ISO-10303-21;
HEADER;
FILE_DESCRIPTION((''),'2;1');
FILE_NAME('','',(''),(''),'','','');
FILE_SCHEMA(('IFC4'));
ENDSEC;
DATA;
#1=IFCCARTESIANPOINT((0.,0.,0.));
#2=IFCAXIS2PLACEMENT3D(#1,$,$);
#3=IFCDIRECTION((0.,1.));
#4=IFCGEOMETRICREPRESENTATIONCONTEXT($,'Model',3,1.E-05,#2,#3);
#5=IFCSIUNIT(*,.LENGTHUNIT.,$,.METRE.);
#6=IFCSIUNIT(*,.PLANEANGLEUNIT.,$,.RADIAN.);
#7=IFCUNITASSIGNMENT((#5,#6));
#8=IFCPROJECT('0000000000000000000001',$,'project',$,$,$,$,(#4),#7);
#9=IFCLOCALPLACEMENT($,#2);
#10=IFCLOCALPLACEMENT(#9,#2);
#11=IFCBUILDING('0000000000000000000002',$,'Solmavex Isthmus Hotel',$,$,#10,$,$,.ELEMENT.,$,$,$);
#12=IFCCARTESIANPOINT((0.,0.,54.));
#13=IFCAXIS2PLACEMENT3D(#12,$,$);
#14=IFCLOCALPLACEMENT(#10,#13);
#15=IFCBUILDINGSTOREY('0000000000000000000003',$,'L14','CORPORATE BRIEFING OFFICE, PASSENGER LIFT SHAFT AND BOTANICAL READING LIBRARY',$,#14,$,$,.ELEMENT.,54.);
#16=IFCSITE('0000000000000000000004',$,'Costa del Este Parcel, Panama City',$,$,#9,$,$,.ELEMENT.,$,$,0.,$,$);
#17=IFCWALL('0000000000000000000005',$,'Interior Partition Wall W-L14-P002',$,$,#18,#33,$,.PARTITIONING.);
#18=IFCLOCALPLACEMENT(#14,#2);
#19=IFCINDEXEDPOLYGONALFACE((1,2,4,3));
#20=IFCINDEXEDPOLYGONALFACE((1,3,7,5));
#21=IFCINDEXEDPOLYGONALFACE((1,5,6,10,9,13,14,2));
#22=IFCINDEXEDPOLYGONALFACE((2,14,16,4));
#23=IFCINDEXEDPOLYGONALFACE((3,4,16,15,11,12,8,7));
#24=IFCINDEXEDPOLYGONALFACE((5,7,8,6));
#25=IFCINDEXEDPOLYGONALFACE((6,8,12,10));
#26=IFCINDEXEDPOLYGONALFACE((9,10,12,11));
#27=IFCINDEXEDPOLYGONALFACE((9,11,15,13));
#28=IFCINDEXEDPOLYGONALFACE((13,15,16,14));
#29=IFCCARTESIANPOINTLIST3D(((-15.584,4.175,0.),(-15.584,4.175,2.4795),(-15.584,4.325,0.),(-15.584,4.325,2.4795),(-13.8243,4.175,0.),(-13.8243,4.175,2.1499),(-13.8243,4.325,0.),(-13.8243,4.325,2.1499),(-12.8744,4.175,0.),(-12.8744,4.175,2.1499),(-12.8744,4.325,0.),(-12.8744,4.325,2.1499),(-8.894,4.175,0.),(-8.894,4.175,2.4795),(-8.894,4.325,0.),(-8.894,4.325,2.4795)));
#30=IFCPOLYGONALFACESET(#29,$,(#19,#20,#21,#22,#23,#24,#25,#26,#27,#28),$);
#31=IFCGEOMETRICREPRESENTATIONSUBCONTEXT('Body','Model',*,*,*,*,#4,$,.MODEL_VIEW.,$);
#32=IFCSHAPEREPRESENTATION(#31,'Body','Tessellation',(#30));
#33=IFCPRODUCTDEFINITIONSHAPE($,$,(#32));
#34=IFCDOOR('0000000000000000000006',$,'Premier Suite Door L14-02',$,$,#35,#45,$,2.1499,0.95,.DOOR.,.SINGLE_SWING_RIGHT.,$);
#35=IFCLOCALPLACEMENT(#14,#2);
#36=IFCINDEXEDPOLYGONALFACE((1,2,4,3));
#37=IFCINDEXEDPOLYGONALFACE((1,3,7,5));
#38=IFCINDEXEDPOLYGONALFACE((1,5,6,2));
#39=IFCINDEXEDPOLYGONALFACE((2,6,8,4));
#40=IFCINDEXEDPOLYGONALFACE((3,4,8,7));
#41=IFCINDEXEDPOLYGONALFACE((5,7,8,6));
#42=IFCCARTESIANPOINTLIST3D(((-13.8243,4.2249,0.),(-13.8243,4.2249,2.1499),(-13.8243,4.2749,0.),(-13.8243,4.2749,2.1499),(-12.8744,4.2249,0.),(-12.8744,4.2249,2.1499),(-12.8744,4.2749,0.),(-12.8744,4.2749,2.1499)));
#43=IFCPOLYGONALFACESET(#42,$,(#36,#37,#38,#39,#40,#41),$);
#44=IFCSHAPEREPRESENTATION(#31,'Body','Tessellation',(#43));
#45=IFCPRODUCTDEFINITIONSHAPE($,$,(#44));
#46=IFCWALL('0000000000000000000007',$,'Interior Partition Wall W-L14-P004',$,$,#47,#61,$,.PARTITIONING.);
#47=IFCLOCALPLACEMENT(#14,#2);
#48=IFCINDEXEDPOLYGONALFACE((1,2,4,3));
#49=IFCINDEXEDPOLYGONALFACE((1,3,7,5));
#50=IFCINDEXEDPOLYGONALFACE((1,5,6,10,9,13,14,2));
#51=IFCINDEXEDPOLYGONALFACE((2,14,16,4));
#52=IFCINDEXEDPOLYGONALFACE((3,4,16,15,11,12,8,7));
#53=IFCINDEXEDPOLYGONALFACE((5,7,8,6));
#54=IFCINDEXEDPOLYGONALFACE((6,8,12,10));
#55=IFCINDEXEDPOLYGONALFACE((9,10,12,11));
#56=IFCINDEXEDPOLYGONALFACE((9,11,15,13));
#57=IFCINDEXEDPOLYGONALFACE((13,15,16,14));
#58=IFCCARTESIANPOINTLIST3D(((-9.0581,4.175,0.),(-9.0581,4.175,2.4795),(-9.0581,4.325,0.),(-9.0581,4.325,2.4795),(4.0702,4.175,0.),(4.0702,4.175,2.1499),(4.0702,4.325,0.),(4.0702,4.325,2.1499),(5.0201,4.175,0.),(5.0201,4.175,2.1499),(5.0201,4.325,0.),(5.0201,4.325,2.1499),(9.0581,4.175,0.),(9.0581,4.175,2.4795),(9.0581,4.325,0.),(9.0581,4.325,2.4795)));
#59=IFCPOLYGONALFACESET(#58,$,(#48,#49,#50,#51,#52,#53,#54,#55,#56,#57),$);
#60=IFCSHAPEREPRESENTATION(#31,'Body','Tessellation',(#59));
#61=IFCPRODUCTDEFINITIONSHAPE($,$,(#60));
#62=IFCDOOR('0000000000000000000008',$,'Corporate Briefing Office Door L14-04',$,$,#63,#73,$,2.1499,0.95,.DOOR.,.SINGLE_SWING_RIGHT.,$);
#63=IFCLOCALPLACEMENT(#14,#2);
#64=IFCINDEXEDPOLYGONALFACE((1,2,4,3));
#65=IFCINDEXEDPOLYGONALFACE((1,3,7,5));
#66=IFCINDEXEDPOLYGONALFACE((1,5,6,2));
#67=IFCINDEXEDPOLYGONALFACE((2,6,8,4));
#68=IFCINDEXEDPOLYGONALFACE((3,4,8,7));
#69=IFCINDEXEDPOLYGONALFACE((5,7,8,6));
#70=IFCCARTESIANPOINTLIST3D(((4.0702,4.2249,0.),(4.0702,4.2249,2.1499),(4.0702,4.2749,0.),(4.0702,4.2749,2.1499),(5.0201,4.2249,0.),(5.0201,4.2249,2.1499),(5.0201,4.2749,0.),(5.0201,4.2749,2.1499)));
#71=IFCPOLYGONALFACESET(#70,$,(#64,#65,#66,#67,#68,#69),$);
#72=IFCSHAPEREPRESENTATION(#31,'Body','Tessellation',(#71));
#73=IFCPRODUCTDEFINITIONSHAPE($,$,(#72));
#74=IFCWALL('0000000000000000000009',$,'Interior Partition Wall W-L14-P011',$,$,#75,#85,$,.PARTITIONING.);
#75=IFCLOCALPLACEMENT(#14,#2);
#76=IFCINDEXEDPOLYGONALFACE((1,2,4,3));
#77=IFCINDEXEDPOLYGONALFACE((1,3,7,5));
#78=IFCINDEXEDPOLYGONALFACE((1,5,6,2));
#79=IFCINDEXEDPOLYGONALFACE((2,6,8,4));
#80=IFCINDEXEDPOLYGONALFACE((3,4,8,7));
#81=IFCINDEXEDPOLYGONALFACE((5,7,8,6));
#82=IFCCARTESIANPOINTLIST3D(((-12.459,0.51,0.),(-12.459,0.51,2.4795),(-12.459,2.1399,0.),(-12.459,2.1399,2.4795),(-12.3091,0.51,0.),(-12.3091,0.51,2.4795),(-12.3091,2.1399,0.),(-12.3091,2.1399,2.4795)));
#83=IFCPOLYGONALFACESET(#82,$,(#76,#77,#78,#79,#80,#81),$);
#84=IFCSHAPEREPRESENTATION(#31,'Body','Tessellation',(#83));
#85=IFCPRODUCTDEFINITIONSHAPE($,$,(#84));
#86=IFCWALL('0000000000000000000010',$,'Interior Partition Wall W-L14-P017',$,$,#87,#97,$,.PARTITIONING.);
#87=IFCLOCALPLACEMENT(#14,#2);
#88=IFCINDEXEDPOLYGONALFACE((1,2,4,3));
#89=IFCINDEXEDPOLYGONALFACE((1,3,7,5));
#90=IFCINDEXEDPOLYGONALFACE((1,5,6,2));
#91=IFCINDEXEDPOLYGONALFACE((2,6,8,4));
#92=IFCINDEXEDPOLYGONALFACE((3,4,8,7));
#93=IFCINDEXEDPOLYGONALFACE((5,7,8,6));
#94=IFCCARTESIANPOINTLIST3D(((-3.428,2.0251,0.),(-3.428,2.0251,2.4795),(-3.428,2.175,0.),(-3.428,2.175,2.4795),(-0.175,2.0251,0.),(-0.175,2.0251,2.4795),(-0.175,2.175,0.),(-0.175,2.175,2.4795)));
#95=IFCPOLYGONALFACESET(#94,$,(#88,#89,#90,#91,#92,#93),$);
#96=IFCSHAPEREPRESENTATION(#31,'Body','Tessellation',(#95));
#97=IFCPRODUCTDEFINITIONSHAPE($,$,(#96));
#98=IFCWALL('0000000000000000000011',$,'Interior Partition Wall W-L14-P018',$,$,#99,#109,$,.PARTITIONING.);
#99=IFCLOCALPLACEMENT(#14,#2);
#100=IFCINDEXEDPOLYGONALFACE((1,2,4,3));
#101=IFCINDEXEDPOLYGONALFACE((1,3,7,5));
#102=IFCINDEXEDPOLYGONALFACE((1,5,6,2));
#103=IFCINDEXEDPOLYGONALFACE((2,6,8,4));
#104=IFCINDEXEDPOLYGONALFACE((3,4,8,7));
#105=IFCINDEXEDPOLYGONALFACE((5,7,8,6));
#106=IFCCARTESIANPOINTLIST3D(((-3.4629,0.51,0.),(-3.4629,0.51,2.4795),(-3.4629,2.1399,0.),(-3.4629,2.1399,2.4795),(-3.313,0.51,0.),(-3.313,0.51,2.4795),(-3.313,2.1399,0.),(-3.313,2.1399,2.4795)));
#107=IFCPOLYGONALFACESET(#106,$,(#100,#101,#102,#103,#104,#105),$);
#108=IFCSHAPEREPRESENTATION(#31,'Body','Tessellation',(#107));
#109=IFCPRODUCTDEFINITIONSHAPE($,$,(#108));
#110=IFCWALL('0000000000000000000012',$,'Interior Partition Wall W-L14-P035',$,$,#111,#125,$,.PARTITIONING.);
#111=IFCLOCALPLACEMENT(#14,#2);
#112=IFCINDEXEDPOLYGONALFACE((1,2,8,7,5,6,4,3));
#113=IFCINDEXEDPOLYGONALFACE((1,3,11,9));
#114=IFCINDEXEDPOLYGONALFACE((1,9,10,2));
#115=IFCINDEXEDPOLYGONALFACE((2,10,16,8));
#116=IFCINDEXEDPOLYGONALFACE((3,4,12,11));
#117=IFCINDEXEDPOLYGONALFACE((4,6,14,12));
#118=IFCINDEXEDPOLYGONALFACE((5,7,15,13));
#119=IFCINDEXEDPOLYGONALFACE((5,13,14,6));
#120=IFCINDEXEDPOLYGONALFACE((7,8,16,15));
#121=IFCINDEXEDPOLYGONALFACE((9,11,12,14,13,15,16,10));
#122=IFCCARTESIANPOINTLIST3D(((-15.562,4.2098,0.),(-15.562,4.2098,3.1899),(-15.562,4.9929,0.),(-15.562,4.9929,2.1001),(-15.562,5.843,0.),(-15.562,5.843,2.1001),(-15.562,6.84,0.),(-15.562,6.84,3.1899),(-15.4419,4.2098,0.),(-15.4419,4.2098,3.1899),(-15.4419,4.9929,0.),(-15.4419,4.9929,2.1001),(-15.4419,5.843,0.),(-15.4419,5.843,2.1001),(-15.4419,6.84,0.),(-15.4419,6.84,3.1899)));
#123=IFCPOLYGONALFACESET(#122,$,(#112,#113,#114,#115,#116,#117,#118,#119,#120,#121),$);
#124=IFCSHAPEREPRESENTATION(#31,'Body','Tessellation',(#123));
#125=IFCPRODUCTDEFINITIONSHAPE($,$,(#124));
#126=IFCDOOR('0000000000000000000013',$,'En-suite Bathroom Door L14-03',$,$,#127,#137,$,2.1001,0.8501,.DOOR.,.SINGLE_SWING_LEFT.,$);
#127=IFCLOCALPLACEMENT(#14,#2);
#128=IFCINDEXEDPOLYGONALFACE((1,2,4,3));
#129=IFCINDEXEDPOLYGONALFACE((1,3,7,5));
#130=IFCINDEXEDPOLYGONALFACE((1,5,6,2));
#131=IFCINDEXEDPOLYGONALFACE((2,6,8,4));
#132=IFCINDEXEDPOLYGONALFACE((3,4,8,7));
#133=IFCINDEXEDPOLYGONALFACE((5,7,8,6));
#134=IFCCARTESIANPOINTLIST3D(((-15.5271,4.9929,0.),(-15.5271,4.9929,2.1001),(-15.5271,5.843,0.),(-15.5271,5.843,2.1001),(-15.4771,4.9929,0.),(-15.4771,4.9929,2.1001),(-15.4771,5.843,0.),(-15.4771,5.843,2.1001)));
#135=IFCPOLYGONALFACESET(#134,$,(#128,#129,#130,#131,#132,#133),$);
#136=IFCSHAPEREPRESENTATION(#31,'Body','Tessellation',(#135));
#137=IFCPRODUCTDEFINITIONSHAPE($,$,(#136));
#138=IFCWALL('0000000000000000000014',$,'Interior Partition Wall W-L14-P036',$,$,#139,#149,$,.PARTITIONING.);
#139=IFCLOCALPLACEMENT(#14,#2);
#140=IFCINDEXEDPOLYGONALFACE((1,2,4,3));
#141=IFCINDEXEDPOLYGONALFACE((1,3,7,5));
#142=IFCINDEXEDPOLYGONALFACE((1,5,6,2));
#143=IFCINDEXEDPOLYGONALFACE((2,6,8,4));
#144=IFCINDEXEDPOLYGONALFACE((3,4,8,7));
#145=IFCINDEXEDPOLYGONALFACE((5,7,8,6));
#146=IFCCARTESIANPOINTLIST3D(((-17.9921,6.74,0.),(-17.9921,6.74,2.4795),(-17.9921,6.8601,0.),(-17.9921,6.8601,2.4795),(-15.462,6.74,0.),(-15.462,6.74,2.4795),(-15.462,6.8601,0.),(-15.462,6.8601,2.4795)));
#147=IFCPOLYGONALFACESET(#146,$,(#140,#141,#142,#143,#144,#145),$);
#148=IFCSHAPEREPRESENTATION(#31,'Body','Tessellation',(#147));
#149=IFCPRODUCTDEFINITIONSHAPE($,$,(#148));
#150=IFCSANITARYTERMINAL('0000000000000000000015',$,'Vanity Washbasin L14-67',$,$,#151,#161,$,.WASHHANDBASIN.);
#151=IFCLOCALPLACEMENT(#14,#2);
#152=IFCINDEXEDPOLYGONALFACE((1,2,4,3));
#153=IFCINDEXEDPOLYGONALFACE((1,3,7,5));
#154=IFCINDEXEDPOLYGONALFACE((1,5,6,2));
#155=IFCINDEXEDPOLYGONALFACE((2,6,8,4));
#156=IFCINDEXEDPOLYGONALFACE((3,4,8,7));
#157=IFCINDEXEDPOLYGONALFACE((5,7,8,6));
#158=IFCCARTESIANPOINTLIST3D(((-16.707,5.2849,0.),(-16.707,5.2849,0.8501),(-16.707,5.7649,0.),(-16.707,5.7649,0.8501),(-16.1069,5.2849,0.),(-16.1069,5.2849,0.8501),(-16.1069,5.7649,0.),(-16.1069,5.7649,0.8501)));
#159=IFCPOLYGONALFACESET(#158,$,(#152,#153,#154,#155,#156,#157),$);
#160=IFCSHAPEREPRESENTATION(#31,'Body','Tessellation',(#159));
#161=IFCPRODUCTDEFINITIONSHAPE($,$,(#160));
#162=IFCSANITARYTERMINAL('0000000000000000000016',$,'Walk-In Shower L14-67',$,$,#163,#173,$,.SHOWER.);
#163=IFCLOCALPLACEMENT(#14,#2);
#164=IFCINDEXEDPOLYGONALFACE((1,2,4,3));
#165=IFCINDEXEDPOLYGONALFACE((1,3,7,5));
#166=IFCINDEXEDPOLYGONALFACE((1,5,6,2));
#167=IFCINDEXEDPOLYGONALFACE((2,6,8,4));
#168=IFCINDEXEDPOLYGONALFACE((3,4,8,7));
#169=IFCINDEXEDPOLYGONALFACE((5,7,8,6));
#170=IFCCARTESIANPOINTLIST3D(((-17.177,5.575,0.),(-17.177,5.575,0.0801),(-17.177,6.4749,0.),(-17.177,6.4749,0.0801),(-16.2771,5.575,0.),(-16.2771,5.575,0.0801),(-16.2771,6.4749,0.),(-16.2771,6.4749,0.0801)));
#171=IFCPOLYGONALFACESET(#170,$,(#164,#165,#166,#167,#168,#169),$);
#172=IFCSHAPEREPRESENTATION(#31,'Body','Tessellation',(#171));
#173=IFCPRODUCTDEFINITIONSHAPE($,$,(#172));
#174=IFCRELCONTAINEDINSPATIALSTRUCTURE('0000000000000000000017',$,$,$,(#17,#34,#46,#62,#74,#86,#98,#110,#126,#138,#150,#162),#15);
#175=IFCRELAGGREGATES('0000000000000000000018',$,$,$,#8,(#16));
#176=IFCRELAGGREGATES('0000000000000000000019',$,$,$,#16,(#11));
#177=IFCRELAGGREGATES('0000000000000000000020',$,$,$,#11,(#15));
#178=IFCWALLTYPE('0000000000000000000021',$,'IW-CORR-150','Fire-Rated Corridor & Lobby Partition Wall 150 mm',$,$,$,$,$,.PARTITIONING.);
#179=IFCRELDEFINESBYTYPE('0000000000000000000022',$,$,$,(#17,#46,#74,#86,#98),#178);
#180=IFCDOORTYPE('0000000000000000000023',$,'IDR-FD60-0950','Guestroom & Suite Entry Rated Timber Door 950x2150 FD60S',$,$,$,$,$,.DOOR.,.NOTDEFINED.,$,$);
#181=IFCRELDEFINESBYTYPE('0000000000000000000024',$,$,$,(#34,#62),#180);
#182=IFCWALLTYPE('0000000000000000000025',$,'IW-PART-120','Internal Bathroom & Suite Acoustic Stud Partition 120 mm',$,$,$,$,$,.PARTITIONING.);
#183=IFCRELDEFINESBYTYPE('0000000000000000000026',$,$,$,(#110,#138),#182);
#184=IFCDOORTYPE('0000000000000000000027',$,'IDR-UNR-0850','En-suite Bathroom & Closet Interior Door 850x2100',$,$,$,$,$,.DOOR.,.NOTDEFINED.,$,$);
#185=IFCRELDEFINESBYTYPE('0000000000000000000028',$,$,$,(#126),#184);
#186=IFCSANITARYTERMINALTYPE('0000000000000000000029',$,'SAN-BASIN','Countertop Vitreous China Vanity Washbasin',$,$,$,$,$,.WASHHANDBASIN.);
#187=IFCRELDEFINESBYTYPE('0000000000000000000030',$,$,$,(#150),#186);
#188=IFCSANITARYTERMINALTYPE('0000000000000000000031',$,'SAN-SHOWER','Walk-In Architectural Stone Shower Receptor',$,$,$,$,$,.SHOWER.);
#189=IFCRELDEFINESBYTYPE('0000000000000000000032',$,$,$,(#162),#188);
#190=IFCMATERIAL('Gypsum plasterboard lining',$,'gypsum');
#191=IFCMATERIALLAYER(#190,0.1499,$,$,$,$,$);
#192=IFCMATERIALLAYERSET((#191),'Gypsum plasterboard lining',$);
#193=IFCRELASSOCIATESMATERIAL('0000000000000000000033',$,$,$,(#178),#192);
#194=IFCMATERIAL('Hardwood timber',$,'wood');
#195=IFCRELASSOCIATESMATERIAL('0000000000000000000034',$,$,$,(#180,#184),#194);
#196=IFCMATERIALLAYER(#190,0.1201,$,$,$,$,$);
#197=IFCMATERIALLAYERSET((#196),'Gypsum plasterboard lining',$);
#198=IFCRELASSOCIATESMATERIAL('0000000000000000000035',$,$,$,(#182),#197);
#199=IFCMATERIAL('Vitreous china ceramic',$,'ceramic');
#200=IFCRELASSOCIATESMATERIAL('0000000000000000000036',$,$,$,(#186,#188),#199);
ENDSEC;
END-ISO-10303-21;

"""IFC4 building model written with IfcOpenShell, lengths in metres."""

from ifc_helpers import new_model, si_unit, direction, frame, frame_2d, origin, origin_2d, place, context, subcontext, project, spatial, rectangle, extrude, material, layer, layer_set, type_object, element, fill, save


model = new_model("IFC4")

# Units and contexts
model_context = context("Model", 3, precision=1e-05, world=origin(), true_north=direction((0.0, 1.0)))
body_context = subcontext(model_context, "Body", "Model", "MODEL_VIEW")
ifc_project = project(units=[si_unit("LENGTHUNIT", "METRE"), si_unit("PLANEANGLEUNIT", "RADIAN")], contexts=[model_context])

# Site, building, storey
site_placement = place(None, origin())
site = spatial("IfcSite", under=ifc_project, at=site_placement, Name="Costa del Este Parcel, Panama City", CompositionType="ELEMENT", RefElevation=0.0)
building_placement = place(site_placement, origin())
building = spatial("IfcBuilding", under=site, at=building_placement, Name="Solmavex Isthmus Hotel", CompositionType="ELEMENT")
storey_placement = place(building_placement, frame((0.0, 0.0, 54.0)))
storey = spatial("IfcBuildingStorey", under=building, at=storey_placement, Name="L14", Description="CORPORATE BRIEFING OFFICE, PASSENGER LIFT SHAFT AND BOTANICAL READING LIBRARY", CompositionType="ELEMENT", Elevation=54.0)

# Shared definitions
ifc_material_1 = material(Name="Gypsum plasterboard lining", Category="gypsum")

# Walls, openings, doors
ifc_layer_1 = layer(ifc_material_1, 0.1499)
ifc_layer_set_1 = layer_set([ifc_layer_1], Name="Gypsum plasterboard lining")
wall_type_1 = type_object("IfcWallType", Name="IW-CORR-150", Description="Fire-Rated Corridor & Lobby Partition Wall 150 mm", PredefinedType="PARTITIONING", material=ifc_layer_set_1)
wall_1_placement = place(storey_placement, frame((-15.584, 4.25, 0.0), z_axis=(0.0, 0.0, 1.0), x_axis=(1.0, 0.0, 0.0)))
wall_1 = element("IfcWall", 1, at=wall_1_placement, inside=storey, type_object=wall_type_1, Name="Interior Partition Wall W-L14-P002", PredefinedType="PARTITIONING", context=body_context, shape_type="SweptSolid", body=[
    extrude(rectangle(XDim=6.6899, YDim=0.1499, at=frame_2d((3.345, 0.0))), origin(), (0.0, 0.0, 1.0), 2.4795),
])
opening_1_placement = place(wall_1_placement, frame((1.7595, 0.0, 0.0)))
opening_1 = element("IfcOpeningElement", 2, at=opening_1_placement, cuts=wall_1, PredefinedType="OPENING", context=body_context, shape_type="SweptSolid", body=[
    extrude(rectangle(XDim=0.95, YDim=2.1499, at=frame_2d((0.4751, 1.075))), frame((0.0, 0.085, 0.0), z_axis=(0.0, -1.0, 0.0), x_axis=(1.0, 0.0, 0.0)), (0.0, 0.0, 1.0), 0.1699),
])
ifc_material_2 = material(Name="Hardwood timber", Category="wood")
door_type_1 = type_object("IfcDoorType", Name="IDR-FD60-0950", Description="Guestroom & Suite Entry Rated Timber Door 950x2150 FD60S", OperationType="NOTDEFINED", PredefinedType="DOOR", material=ifc_material_2)
door_1_placement = place(opening_1_placement, origin())
door_1 = element("IfcDoor", 3, at=door_1_placement, inside=storey, type_object=door_type_1, Name="Premier Suite Door L14-02", OperationType="SINGLE_SWING_RIGHT", OverallHeight=2.1499, OverallWidth=0.95, PredefinedType="DOOR", context=body_context, shape_type="SweptSolid", body=[
    extrude(rectangle(XDim=0.95, YDim=2.1499, at=frame_2d((0.4751, 1.075))), frame((0.0, 0.0249, 0.0), z_axis=(0.0, -1.0, 0.0), x_axis=(1.0, 0.0, 0.0)), (0.0, 0.0, 1.0), 0.05),
])
fill(opening_1, door_1)
wall_2_placement = place(storey_placement, frame((-9.0581, 4.25, 0.0), z_axis=(0.0, 0.0, 1.0), x_axis=(1.0, 0.0, 0.0)))
wall_2 = element("IfcWall", 4, at=wall_2_placement, inside=storey, type_object=wall_type_1, Name="Interior Partition Wall W-L14-P004", PredefinedType="PARTITIONING", context=body_context, shape_type="SweptSolid", body=[
    extrude(rectangle(XDim=18.1162, YDim=0.1499, at=frame_2d((9.0581, 0.0))), origin(), (0.0, 0.0, 1.0), 2.4795),
])
opening_2_placement = place(wall_2_placement, frame((13.1282, 0.0, 0.0)))
opening_2 = element("IfcOpeningElement", 5, at=opening_2_placement, cuts=wall_2, PredefinedType="OPENING", context=body_context, shape_type="SweptSolid", body=[
    extrude(rectangle(XDim=0.95, YDim=2.1499, at=frame_2d((0.4751, 1.075))), frame((0.0, 0.085, 0.0), z_axis=(0.0, -1.0, 0.0), x_axis=(1.0, 0.0, 0.0)), (0.0, 0.0, 1.0), 0.1699),
])
door_2_placement = place(opening_2_placement, origin())
door_2 = element("IfcDoor", 6, at=door_2_placement, inside=storey, type_object=door_type_1, Name="Corporate Briefing Office Door L14-04", OperationType="SINGLE_SWING_RIGHT", OverallHeight=2.1499, OverallWidth=0.95, PredefinedType="DOOR", context=body_context, shape_type="SweptSolid", body=[
    extrude(rectangle(XDim=0.95, YDim=2.1499, at=frame_2d((0.4751, 1.075))), frame((0.0, 0.0249, 0.0), z_axis=(0.0, -1.0, 0.0), x_axis=(1.0, 0.0, 0.0)), (0.0, 0.0, 1.0), 0.05),
])
fill(opening_2, door_2)

# Walls
wall_3_placement = place(storey_placement, frame((-12.384, 2.1399, 0.0), z_axis=(0.0, 0.0, 1.0), x_axis=(0.0, -1.0, 0.0)))
element("IfcWall", 7, at=wall_3_placement, inside=storey, type_object=wall_type_1, Name="Interior Partition Wall W-L14-P011", PredefinedType="PARTITIONING", context=body_context, shape_type="SweptSolid", body=[
    extrude(rectangle(XDim=1.6299, YDim=0.1499, at=frame_2d((0.8149, 0.0))), origin(), (0.0, 0.0, 1.0), 2.4795),
])
wall_4_placement = place(storey_placement, frame((-0.175, 2.1001, 0.0), z_axis=(0.0, 0.0, 1.0), x_axis=(-1.0, 0.0, 0.0)))
element("IfcWall", 8, at=wall_4_placement, inside=storey, type_object=wall_type_1, Name="Interior Partition Wall W-L14-P017", PredefinedType="PARTITIONING", context=body_context, shape_type="SweptSolid", body=[
    extrude(rectangle(XDim=3.2529, YDim=0.1499, at=frame_2d((1.6265, 0.0))), origin(), (0.0, 0.0, 1.0), 2.4795),
])
wall_5_placement = place(storey_placement, frame((-3.3879, 2.1399, 0.0), z_axis=(0.0, 0.0, 1.0), x_axis=(0.0, -1.0, 0.0)))
element("IfcWall", 9, at=wall_5_placement, inside=storey, type_object=wall_type_1, Name="Interior Partition Wall W-L14-P018", PredefinedType="PARTITIONING", context=body_context, shape_type="SweptSolid", body=[
    extrude(rectangle(XDim=1.6299, YDim=0.1499, at=frame_2d((0.8149, 0.0))), origin(), (0.0, 0.0, 1.0), 2.4795),
])

# Wall, opening, door
ifc_layer_2 = layer(ifc_material_1, 0.1201)
ifc_layer_set_2 = layer_set([ifc_layer_2], Name="Gypsum plasterboard lining")
wall_type_2 = type_object("IfcWallType", Name="IW-PART-120", Description="Internal Bathroom & Suite Acoustic Stud Partition 120 mm", PredefinedType="PARTITIONING", material=ifc_layer_set_2)
wall_6_placement = place(storey_placement, frame((-15.502, 4.21, 0.0), z_axis=(0.0, 0.0, 1.0), x_axis=(0.0, 1.0, 0.0)))
wall_6 = element("IfcWall", 10, at=wall_6_placement, inside=storey, type_object=wall_type_2, Name="Interior Partition Wall W-L14-P035", PredefinedType="PARTITIONING", context=body_context, shape_type="SweptSolid", body=[
    extrude(rectangle(XDim=2.6301, YDim=0.1201, at=frame_2d((1.3149, 0.0))), origin(), (0.0, 0.0, 1.0), 3.1899),
])
opening_3_placement = place(wall_6_placement, frame((0.783, 0.0, 0.0)))
opening_3 = element("IfcOpeningElement", 11, at=opening_3_placement, cuts=wall_6, PredefinedType="OPENING", context=body_context, shape_type="SweptSolid", body=[
    extrude(rectangle(XDim=0.8501, YDim=2.1001, at=frame_2d((0.425, 1.05))), frame((0.0, 0.0701, 0.0), z_axis=(0.0, -1.0, 0.0), x_axis=(1.0, 0.0, 0.0)), (0.0, 0.0, 1.0), 0.1401),
])
door_type_2 = type_object("IfcDoorType", Name="IDR-UNR-0850", Description="En-suite Bathroom & Closet Interior Door 850x2100", OperationType="NOTDEFINED", PredefinedType="DOOR", material=ifc_material_2)
door_3_placement = place(opening_3_placement, frame((0.8501, 0.0, 0.0), z_axis=(0.0, 0.0, 1.0), x_axis=(-1.0, 0.0, 0.0)))
door_3 = element("IfcDoor", 12, at=door_3_placement, inside=storey, type_object=door_type_2, Name="En-suite Bathroom Door L14-03", OperationType="SINGLE_SWING_LEFT", OverallHeight=2.1001, OverallWidth=0.8501, PredefinedType="DOOR", context=body_context, shape_type="SweptSolid", body=[
    extrude(rectangle(XDim=0.8501, YDim=2.1001, at=frame_2d((0.425, 1.05))), frame((0.0, 0.0249, 0.0), z_axis=(0.0, -1.0, 0.0), x_axis=(1.0, 0.0, 0.0)), (0.0, 0.0, 1.0), 0.05),
])
fill(opening_3, door_3)

# Wall
wall_7_placement = place(storey_placement, frame((-15.4619, 6.8, 0.0), z_axis=(0.0, 0.0, 1.0), x_axis=(-1.0, 0.0, 0.0)))
element("IfcWall", 13, at=wall_7_placement, inside=storey, type_object=wall_type_2, Name="Interior Partition Wall W-L14-P036", PredefinedType="PARTITIONING", context=body_context, shape_type="SweptSolid", body=[
    extrude(rectangle(XDim=2.53, YDim=0.1201, at=frame_2d((1.2651, 0.0))), origin(), (0.0, 0.0, 1.0), 2.4795),
])

# Sanitary terminals
ifc_material_3 = material(Name="Vitreous china ceramic", Category="ceramic")
sanitary_terminal_type_1 = type_object("IfcSanitaryTerminalType", Name="SAN-BASIN", Description="Countertop Vitreous China Vanity Washbasin", PredefinedType="WASHHANDBASIN", material=ifc_material_3)
sanitary_terminal_1_placement = place(storey_placement, frame((-16.407, 5.5249, 0.0), z_axis=(0.0, 0.0, 1.0), x_axis=(1.0, 0.0, 0.0)))
element("IfcSanitaryTerminal", 14, at=sanitary_terminal_1_placement, inside=storey, type_object=sanitary_terminal_type_1, Name="Vanity Washbasin L14-67", PredefinedType="WASHHANDBASIN", context=body_context, shape_type="SweptSolid", body=[
    extrude(rectangle(XDim=0.6001, YDim=0.48, at=origin_2d()), origin(), (0.0, 0.0, 1.0), 0.8501),
])
sanitary_terminal_type_2 = type_object("IfcSanitaryTerminalType", Name="SAN-SHOWER", Description="Walk-In Architectural Stone Shower Receptor", PredefinedType="SHOWER", material=ifc_material_3)
sanitary_terminal_2_placement = place(storey_placement, frame((-16.7271, 6.0249, 0.0), z_axis=(0.0, 0.0, 1.0), x_axis=(1.0, 0.0, 0.0)))
element("IfcSanitaryTerminal", 15, at=sanitary_terminal_2_placement, inside=storey, type_object=sanitary_terminal_type_2, Name="Walk-In Shower L14-67", PredefinedType="SHOWER", context=body_context, shape_type="SweptSolid", body=[
    extrude(rectangle(XDim=0.8999, YDim=0.8999, at=origin_2d()), origin(), (0.0, 0.0, 1.0), 0.0801),
])

save(model, "model.ifc")
